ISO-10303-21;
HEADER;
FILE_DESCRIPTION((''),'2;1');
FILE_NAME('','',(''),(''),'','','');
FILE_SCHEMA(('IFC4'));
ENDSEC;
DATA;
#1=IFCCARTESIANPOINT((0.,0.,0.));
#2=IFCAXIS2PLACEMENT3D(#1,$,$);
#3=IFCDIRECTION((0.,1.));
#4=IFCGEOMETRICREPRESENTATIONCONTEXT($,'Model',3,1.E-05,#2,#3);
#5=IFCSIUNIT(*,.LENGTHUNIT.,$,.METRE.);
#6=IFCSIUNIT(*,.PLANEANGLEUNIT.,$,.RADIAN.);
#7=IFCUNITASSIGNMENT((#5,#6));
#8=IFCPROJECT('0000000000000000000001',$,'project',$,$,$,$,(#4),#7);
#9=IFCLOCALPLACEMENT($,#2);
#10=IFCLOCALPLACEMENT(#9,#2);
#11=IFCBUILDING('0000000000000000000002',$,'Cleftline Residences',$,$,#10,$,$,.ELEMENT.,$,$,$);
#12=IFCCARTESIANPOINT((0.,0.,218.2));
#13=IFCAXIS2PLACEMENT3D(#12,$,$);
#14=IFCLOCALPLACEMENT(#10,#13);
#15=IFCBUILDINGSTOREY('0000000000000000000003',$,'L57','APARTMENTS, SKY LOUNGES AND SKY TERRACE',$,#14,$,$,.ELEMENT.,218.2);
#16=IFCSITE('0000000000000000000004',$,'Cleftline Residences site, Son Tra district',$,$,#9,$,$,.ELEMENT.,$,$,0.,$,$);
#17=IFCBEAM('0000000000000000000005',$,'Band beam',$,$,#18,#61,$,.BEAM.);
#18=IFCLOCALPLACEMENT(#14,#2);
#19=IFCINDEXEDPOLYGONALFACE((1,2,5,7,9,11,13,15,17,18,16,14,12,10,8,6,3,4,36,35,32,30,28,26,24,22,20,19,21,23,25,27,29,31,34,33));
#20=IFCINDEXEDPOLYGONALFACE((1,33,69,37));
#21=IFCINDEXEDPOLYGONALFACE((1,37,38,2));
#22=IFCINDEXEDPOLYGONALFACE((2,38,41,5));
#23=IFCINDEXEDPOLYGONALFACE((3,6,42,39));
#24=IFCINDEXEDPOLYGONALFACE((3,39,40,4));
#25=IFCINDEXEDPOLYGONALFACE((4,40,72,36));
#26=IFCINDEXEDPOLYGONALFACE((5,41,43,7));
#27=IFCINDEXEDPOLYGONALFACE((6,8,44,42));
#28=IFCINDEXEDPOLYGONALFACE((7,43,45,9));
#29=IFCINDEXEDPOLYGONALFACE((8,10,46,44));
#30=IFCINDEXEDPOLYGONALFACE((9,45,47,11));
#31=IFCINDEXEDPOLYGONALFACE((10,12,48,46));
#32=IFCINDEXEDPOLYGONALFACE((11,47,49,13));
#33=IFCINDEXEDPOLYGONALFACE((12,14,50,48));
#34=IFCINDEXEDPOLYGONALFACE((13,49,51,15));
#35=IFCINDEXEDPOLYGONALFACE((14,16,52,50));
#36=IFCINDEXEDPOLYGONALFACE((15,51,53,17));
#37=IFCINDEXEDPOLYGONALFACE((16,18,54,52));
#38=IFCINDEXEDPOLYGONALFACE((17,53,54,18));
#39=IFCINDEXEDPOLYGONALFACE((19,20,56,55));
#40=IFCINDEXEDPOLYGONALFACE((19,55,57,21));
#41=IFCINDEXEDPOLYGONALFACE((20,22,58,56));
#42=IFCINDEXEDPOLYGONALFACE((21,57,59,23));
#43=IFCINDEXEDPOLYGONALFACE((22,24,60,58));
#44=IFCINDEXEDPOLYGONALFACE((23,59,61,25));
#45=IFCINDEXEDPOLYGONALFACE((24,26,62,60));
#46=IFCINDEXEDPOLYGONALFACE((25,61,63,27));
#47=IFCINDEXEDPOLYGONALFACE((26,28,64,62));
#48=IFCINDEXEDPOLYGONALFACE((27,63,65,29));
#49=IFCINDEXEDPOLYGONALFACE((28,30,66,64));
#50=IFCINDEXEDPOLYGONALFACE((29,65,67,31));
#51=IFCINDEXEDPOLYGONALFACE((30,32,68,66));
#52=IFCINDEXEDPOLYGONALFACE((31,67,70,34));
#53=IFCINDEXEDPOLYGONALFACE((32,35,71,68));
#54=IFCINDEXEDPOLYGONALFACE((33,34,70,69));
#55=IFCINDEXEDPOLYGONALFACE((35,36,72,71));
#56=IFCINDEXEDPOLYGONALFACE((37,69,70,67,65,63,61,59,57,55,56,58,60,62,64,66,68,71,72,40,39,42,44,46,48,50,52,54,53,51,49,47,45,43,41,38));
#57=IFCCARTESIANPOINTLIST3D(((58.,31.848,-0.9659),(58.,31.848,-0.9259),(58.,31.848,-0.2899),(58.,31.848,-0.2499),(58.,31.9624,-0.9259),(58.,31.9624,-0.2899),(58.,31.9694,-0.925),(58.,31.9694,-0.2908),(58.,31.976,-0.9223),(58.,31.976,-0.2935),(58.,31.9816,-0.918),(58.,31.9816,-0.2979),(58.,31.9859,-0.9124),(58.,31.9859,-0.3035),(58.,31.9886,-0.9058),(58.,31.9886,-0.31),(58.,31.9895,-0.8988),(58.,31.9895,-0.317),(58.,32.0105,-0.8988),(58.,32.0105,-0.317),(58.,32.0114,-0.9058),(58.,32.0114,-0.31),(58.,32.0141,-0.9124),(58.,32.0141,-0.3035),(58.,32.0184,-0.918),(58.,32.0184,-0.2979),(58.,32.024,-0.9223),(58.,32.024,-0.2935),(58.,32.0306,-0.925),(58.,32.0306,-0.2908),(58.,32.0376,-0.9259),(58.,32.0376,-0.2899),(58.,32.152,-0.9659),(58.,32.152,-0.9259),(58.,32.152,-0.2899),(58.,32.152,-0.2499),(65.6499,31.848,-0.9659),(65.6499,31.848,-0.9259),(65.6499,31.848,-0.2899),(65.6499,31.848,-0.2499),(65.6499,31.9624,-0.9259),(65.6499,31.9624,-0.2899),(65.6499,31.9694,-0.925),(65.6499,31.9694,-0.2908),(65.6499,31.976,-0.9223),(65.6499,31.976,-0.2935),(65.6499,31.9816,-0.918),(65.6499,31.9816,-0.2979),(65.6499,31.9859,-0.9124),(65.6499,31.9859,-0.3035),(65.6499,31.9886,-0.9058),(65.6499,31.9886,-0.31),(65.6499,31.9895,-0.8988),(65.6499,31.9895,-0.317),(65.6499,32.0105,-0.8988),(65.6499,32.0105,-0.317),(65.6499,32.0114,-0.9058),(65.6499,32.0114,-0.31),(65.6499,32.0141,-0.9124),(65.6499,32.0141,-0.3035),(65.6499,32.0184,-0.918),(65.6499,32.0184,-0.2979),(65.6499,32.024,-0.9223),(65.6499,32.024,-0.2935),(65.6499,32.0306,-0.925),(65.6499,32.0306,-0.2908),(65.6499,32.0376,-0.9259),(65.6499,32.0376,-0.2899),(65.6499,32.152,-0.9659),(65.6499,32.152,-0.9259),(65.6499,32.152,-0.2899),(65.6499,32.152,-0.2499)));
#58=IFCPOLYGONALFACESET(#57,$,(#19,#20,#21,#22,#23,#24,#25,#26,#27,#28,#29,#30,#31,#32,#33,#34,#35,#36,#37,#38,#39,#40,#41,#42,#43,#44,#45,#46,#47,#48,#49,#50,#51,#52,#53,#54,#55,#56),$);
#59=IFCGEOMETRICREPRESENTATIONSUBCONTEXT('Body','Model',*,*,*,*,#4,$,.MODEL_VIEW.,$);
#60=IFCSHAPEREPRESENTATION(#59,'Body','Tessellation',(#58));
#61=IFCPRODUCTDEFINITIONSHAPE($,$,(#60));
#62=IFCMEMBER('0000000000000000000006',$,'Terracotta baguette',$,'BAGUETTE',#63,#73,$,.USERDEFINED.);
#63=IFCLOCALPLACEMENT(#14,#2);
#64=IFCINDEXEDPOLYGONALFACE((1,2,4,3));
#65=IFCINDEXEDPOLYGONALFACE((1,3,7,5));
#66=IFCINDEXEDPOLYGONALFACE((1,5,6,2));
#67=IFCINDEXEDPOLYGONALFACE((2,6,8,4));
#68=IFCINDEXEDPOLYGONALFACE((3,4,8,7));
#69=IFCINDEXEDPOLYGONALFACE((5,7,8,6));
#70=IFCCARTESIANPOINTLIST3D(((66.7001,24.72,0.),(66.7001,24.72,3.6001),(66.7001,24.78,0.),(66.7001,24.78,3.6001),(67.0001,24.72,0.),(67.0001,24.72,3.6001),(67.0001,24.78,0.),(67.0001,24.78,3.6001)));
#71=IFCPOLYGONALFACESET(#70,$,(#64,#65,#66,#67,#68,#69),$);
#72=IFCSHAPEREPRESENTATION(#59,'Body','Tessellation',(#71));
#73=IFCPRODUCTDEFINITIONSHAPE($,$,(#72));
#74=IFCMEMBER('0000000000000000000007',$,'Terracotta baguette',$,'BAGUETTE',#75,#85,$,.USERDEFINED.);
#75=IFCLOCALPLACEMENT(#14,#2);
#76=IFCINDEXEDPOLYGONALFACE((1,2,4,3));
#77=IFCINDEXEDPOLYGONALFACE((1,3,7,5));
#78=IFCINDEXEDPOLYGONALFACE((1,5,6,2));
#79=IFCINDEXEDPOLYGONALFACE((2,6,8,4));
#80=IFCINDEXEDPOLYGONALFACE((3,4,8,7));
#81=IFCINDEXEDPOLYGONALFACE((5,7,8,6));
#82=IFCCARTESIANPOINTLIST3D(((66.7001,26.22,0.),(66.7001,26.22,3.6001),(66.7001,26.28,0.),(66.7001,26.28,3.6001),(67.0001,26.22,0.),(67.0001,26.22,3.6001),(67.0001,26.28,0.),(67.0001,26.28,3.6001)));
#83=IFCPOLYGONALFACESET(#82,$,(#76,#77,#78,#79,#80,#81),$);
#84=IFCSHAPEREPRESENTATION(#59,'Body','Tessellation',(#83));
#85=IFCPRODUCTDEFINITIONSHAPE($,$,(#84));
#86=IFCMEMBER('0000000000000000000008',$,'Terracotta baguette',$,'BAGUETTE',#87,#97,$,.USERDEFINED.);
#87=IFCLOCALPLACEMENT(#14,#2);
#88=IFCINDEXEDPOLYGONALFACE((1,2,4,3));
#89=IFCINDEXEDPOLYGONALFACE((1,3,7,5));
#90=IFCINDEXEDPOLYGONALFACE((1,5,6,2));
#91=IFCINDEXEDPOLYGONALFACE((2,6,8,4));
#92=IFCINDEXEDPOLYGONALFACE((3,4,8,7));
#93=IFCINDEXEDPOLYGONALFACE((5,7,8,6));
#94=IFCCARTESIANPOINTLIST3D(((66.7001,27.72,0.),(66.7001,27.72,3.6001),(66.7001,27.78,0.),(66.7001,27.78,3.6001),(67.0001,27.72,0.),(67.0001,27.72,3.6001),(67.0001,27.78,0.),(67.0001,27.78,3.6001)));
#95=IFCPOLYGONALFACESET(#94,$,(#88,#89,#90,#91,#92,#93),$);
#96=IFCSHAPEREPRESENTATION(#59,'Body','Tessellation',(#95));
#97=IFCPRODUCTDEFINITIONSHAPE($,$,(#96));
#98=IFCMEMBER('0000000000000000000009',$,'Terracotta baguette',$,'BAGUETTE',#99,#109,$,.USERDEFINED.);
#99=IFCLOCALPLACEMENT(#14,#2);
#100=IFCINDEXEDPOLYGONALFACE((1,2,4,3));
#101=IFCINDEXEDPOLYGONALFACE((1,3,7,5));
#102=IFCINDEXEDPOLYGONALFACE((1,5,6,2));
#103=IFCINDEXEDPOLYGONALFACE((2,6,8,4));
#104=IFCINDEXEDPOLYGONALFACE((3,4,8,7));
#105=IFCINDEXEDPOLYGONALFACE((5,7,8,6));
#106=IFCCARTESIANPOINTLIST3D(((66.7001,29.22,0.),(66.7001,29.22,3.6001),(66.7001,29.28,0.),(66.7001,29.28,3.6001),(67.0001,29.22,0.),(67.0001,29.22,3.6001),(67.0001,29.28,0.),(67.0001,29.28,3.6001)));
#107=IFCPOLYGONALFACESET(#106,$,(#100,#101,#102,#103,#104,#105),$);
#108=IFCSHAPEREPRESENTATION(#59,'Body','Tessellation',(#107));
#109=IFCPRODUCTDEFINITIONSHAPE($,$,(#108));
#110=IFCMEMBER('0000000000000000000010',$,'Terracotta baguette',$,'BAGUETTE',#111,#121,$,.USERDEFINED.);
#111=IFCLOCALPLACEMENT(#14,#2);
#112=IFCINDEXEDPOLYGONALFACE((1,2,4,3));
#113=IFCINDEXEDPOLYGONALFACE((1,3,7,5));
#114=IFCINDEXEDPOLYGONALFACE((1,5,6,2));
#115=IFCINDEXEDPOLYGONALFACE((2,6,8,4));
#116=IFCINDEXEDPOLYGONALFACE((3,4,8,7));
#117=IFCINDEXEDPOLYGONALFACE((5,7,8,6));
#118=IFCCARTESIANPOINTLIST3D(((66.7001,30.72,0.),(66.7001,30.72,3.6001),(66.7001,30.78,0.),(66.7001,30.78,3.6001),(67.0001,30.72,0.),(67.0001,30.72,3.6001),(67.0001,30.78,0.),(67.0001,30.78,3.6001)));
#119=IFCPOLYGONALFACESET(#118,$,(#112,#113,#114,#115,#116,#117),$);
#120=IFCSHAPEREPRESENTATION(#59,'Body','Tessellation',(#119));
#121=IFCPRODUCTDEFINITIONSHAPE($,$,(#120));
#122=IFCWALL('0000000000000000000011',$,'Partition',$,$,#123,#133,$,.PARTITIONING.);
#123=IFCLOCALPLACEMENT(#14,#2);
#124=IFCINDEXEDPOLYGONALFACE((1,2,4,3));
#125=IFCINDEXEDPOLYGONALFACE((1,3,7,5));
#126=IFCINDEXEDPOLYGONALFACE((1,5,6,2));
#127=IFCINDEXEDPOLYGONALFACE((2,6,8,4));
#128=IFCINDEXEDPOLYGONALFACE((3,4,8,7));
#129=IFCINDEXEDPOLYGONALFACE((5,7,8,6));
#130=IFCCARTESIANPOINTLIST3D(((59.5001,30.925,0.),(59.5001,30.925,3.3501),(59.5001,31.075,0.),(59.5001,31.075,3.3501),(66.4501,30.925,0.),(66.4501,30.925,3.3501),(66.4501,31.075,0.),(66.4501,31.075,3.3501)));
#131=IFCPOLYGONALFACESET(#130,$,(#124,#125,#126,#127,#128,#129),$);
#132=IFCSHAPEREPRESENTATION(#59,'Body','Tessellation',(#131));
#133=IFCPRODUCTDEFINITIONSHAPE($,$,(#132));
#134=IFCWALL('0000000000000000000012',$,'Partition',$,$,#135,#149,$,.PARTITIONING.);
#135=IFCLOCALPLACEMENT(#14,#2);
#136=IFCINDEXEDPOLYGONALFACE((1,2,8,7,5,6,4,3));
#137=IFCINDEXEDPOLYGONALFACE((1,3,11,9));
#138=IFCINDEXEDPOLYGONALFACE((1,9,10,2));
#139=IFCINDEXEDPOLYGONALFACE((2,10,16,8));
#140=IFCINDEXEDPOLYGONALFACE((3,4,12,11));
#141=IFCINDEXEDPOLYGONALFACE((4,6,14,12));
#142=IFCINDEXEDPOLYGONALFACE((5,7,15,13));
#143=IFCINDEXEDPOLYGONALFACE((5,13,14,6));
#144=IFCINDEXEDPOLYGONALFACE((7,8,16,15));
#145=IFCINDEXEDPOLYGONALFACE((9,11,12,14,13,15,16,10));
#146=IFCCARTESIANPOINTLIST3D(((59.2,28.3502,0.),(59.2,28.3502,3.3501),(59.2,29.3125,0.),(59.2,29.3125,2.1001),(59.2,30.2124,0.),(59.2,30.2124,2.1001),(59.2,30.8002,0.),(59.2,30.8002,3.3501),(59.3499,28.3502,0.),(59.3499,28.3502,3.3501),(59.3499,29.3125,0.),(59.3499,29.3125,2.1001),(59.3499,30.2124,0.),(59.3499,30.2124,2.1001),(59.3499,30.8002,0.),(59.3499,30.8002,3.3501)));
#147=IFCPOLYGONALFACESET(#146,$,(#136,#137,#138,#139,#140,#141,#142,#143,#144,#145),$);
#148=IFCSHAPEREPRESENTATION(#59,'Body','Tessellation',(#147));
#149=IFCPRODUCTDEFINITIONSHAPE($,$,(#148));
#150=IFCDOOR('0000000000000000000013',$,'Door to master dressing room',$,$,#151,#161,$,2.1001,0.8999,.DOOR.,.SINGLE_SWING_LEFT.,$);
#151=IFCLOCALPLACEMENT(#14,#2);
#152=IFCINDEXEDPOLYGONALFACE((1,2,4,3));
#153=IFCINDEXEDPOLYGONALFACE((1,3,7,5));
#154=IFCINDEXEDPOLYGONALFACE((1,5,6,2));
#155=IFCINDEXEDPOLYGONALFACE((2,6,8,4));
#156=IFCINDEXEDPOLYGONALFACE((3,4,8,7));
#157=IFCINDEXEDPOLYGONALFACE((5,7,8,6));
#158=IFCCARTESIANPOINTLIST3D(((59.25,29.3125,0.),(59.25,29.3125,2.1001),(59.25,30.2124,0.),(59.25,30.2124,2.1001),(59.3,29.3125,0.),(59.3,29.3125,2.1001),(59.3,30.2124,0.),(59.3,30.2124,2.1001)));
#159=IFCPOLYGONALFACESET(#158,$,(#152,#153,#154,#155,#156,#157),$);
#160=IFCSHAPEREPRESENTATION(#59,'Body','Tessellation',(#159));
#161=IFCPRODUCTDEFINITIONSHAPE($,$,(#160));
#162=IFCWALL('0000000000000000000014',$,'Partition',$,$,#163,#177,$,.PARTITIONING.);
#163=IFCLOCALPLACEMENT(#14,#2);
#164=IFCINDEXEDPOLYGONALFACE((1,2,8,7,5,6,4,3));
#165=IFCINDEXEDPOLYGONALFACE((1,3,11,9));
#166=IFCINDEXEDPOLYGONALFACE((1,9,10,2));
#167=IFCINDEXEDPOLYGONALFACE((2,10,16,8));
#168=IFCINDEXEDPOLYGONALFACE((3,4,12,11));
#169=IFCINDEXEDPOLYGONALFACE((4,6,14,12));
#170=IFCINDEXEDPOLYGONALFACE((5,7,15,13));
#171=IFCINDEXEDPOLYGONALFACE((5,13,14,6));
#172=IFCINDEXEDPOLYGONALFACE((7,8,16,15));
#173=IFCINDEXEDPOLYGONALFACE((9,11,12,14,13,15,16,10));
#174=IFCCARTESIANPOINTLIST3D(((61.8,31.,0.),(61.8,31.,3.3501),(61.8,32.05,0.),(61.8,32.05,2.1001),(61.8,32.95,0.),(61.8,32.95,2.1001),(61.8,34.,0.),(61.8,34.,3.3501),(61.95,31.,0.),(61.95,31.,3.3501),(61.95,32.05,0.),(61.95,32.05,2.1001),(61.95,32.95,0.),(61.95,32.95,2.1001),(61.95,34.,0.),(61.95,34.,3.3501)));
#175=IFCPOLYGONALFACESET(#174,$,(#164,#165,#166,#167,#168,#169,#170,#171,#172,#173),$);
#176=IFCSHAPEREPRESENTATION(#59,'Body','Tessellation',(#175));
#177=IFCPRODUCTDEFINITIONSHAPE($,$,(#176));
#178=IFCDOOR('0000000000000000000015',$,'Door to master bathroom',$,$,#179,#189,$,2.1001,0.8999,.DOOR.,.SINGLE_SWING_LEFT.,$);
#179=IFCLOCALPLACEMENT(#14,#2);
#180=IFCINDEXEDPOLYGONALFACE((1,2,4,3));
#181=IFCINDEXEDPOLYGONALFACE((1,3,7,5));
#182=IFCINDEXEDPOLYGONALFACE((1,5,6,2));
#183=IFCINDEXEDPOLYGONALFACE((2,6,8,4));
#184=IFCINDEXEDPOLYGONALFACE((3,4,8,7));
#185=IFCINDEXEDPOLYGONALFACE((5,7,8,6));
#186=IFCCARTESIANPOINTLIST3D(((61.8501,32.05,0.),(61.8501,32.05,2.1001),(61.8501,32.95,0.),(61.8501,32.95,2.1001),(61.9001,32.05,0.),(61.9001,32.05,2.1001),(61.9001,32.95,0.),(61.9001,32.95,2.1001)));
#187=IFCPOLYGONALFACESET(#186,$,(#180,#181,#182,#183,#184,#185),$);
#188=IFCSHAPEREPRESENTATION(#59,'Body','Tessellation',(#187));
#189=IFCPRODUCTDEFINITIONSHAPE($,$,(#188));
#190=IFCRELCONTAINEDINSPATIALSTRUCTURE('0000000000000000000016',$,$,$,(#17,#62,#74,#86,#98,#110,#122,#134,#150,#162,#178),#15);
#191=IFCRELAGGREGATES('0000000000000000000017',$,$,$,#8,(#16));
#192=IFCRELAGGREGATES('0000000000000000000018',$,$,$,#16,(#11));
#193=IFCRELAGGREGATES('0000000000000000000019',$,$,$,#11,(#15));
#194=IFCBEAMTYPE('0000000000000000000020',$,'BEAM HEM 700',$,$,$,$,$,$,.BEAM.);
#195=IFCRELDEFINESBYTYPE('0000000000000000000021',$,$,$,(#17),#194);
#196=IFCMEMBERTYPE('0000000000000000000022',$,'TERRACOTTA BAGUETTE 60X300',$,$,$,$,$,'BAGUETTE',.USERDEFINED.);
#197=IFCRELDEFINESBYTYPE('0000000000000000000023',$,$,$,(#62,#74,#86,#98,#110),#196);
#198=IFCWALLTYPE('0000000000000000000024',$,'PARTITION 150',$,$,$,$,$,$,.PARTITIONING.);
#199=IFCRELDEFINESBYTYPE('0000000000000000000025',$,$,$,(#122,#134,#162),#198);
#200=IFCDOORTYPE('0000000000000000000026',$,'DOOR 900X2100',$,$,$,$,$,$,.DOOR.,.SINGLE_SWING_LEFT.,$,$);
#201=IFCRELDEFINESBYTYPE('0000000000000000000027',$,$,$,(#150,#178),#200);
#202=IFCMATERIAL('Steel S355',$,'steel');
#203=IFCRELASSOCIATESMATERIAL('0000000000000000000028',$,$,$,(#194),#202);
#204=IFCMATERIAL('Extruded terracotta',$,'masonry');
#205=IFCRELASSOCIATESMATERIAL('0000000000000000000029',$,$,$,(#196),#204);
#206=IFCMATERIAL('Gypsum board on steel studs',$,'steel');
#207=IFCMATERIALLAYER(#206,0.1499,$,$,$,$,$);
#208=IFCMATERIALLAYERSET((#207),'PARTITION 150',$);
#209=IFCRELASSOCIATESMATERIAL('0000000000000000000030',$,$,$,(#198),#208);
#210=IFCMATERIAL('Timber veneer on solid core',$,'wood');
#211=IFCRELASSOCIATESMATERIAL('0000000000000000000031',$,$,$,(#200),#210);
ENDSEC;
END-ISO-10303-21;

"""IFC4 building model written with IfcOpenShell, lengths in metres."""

from ifc_helpers import new_model, si_unit, direction, frame, frame_2d, origin, origin_2d, place, context, subcontext, project, spatial, rectangle, i_section, extrude, material, layer, layer_set, material_profile, profile_set, type_object, element, fill, save


model = new_model("IFC4")

# Units and contexts
model_context = context("Model", 3, precision=1e-05, world=origin(), true_north=direction((0.0, 1.0)))
body_context = subcontext(model_context, "Body", "Model", "MODEL_VIEW")
ifc_project = project(units=[si_unit("LENGTHUNIT", "METRE"), si_unit("PLANEANGLEUNIT", "RADIAN")], contexts=[model_context])

# Site, building, storey
site_placement = place(None, origin())
site = spatial("IfcSite", under=ifc_project, at=site_placement, Name="Cleftline Residences site, Son Tra district", CompositionType="ELEMENT", RefElevation=0.0)
building_placement = place(site_placement, origin())
building = spatial("IfcBuilding", under=site, at=building_placement, Name="Cleftline Residences", CompositionType="ELEMENT")
storey_placement = place(building_placement, frame((0.0, 0.0, 218.2)))
storey = spatial("IfcBuildingStorey", under=building, at=storey_placement, Name="L57", Description="APARTMENTS, SKY LOUNGES AND SKY TERRACE", CompositionType="ELEMENT", Elevation=218.2)

# Beam
ifc_material_1 = material(Name="Steel S355", Category="steel")
ifc_material_profile_1 = material_profile(ifc_material_1, i_section(OverallWidth=0.304, OverallDepth=0.7161, WebThickness=0.021, FlangeThickness=0.04, FilletRadius=0.0271, at=origin_2d()))
ifc_profile_set_1 = profile_set([ifc_material_profile_1], Name="Steel S355")
beam_type_1 = type_object("IfcBeamType", Name="BEAM HEM 700", PredefinedType="BEAM", material=ifc_profile_set_1)
beam_placement = place(storey_placement, frame((65.6499, 32.0, -0.6079), z_axis=(-1.0, 0.0, 0.0), x_axis=(0.0, -1.0, 0.0)))
element("IfcBeam", 1, at=beam_placement, inside=storey, type_object=beam_type_1, Name="Band beam", PredefinedType="BEAM", context=body_context, shape_type="SweptSolid", body=[
    extrude(i_section(OverallWidth=0.304, OverallDepth=0.7161, WebThickness=0.021, FlangeThickness=0.04, FilletRadius=0.0271, at=origin_2d()), origin(), (0.0, 0.0, 1.0), 7.6499),
])

# Members
ifc_material_2 = material(Name="Extruded terracotta", Category="masonry")
ifc_material_profile_2 = material_profile(ifc_material_2, rectangle(XDim=0.0601, YDim=0.3, at=origin_2d()))
ifc_profile_set_2 = profile_set([ifc_material_profile_2], Name="Extruded terracotta")
member_type_1 = type_object("IfcMemberType", Name="TERRACOTTA BAGUETTE 60X300", ElementType="BAGUETTE", PredefinedType="USERDEFINED", material=ifc_profile_set_2)
for number, where, z_axis, x_axis, name in (
    (2, (66.8501, 24.75, 0.0), (0.0, 0.0, 1.0), (0.0, 1.0, 0.0), "Terracotta baguette"),
    (3, (66.8501, 26.25, 0.0), (0.0, 0.0, 1.0), (0.0, 1.0, 0.0), "Terracotta baguette"),
    (4, (66.8501, 27.75, 0.0), (0.0, 0.0, 1.0), (0.0, 1.0, 0.0), "Terracotta baguette"),
    (5, (66.8501, 29.25, 0.0), (0.0, 0.0, 1.0), (0.0, 1.0, 0.0), "Terracotta baguette"),
    (6, (66.8501, 30.75, 0.0), (0.0, 0.0, 1.0), (0.0, 1.0, 0.0), "Terracotta baguette"),
):
    element("IfcMember", number, at=place(storey_placement, frame(where, z_axis=z_axis, x_axis=x_axis)), inside=storey, type_object=member_type_1, Name=name, ObjectType="BAGUETTE", PredefinedType="USERDEFINED", context=body_context, shape_type="SweptSolid", body=[
        extrude(rectangle(XDim=0.0601, YDim=0.3, at=origin_2d()), origin(), (0.0, 0.0, 1.0), 3.6001),
    ])

# Wall
ifc_material_3 = material(Name="Gypsum board on steel studs", Category="steel")
ifc_layer_1 = layer(ifc_material_3, 0.1499)
ifc_layer_set_1 = layer_set([ifc_layer_1], Name="PARTITION 150")
wall_type_1 = type_object("IfcWallType", Name="PARTITION 150", PredefinedType="PARTITIONING", material=ifc_layer_set_1)
wall_1_placement = place(storey_placement, frame((59.5, 31.0, 0.0), z_axis=(0.0, 0.0, 1.0), x_axis=(1.0, 0.0, 0.0)))
element("IfcWall", 7, at=wall_1_placement, inside=storey, type_object=wall_type_1, Name="Partition", PredefinedType="PARTITIONING", context=body_context, shape_type="SweptSolid", body=[
    extrude(rectangle(XDim=6.95, YDim=0.1499, at=frame_2d((3.4751, 0.0))), origin(), (0.0, 0.0, 1.0), 3.3501),
])

# Walls, openings, doors
wall_2_placement = place(storey_placement, frame((59.2749, 28.3501, 0.0), z_axis=(0.0, 0.0, 1.0), x_axis=(0.0, 1.0, 0.0)))
wall_2 = element("IfcWall", 8, at=wall_2_placement, inside=storey, type_object=wall_type_1, Name="Partition", PredefinedType="PARTITIONING", context=body_context, shape_type="SweptSolid", body=[
    extrude(rectangle(XDim=2.45, YDim=0.1499, at=frame_2d((1.2251, 0.0))), origin(), (0.0, 0.0, 1.0), 3.3501),
])
opening_1_placement = place(wall_2_placement, frame((0.9624, 0.0, 0.0)))
opening_1 = element("IfcOpeningElement", 9, at=opening_1_placement, cuts=wall_2, PredefinedType="OPENING", context=body_context, shape_type="SweptSolid", body=[
    extrude(rectangle(XDim=0.8999, YDim=2.1001, at=frame_2d((0.45, 1.05))), frame((0.0, 0.085, 0.0), z_axis=(0.0, -1.0, 0.0), x_axis=(1.0, 0.0, 0.0)), (0.0, 0.0, 1.0), 0.1699),
])
ifc_material_4 = material(Name="Timber veneer on solid core", Category="wood")
door_type_1 = type_object("IfcDoorType", Name="DOOR 900X2100", OperationType="SINGLE_SWING_LEFT", PredefinedType="DOOR", material=ifc_material_4)
door_1_placement = place(opening_1_placement, origin())
door_1 = element("IfcDoor", 10, at=door_1_placement, inside=storey, type_object=door_type_1, Name="Door to master dressing room", OperationType="SINGLE_SWING_LEFT", OverallHeight=2.1001, OverallWidth=0.8999, PredefinedType="DOOR", context=body_context, shape_type="SweptSolid", body=[
    extrude(rectangle(XDim=0.8999, YDim=2.1001, at=frame_2d((0.45, 1.05))), frame((0.0, 0.0249, 0.0), z_axis=(0.0, -1.0, 0.0), x_axis=(1.0, 0.0, 0.0)), (0.0, 0.0, 1.0), 0.05),
])
fill(opening_1, door_1)
wall_3_placement = place(storey_placement, frame((61.875, 31.0, 0.0), z_axis=(0.0, 0.0, 1.0), x_axis=(0.0, 1.0, 0.0)))
wall_3 = element("IfcWall", 11, at=wall_3_placement, inside=storey, type_object=wall_type_1, Name="Partition", PredefinedType="PARTITIONING", context=body_context, shape_type="SweptSolid", body=[
    extrude(rectangle(XDim=3.0, YDim=0.1499, at=frame_2d((1.5, 0.0))), origin(), (0.0, 0.0, 1.0), 3.3501),
])
opening_2_placement = place(wall_3_placement, frame((1.05, 0.0, 0.0)))
opening_2 = element("IfcOpeningElement", 12, at=opening_2_placement, cuts=wall_3, PredefinedType="OPENING", context=body_context, shape_type="SweptSolid", body=[
    extrude(rectangle(XDim=0.8999, YDim=2.1001, at=frame_2d((0.45, 1.05))), frame((0.0, 0.085, 0.0), z_axis=(0.0, -1.0, 0.0), x_axis=(1.0, 0.0, 0.0)), (0.0, 0.0, 1.0), 0.1699),
])
door_2_placement = place(opening_2_placement, origin())
door_2 = element("IfcDoor", 13, at=door_2_placement, inside=storey, type_object=door_type_1, Name="Door to master bathroom", OperationType="SINGLE_SWING_LEFT", OverallHeight=2.1001, OverallWidth=0.8999, PredefinedType="DOOR", context=body_context, shape_type="SweptSolid", body=[
    extrude(rectangle(XDim=0.8999, YDim=2.1001, at=frame_2d((0.45, 1.05))), frame((0.0, 0.0249, 0.0), z_axis=(0.0, -1.0, 0.0), x_axis=(1.0, 0.0, 0.0)), (0.0, 0.0, 1.0), 0.05),
])
fill(opening_2, door_2)

save(model, "model.ifc")
